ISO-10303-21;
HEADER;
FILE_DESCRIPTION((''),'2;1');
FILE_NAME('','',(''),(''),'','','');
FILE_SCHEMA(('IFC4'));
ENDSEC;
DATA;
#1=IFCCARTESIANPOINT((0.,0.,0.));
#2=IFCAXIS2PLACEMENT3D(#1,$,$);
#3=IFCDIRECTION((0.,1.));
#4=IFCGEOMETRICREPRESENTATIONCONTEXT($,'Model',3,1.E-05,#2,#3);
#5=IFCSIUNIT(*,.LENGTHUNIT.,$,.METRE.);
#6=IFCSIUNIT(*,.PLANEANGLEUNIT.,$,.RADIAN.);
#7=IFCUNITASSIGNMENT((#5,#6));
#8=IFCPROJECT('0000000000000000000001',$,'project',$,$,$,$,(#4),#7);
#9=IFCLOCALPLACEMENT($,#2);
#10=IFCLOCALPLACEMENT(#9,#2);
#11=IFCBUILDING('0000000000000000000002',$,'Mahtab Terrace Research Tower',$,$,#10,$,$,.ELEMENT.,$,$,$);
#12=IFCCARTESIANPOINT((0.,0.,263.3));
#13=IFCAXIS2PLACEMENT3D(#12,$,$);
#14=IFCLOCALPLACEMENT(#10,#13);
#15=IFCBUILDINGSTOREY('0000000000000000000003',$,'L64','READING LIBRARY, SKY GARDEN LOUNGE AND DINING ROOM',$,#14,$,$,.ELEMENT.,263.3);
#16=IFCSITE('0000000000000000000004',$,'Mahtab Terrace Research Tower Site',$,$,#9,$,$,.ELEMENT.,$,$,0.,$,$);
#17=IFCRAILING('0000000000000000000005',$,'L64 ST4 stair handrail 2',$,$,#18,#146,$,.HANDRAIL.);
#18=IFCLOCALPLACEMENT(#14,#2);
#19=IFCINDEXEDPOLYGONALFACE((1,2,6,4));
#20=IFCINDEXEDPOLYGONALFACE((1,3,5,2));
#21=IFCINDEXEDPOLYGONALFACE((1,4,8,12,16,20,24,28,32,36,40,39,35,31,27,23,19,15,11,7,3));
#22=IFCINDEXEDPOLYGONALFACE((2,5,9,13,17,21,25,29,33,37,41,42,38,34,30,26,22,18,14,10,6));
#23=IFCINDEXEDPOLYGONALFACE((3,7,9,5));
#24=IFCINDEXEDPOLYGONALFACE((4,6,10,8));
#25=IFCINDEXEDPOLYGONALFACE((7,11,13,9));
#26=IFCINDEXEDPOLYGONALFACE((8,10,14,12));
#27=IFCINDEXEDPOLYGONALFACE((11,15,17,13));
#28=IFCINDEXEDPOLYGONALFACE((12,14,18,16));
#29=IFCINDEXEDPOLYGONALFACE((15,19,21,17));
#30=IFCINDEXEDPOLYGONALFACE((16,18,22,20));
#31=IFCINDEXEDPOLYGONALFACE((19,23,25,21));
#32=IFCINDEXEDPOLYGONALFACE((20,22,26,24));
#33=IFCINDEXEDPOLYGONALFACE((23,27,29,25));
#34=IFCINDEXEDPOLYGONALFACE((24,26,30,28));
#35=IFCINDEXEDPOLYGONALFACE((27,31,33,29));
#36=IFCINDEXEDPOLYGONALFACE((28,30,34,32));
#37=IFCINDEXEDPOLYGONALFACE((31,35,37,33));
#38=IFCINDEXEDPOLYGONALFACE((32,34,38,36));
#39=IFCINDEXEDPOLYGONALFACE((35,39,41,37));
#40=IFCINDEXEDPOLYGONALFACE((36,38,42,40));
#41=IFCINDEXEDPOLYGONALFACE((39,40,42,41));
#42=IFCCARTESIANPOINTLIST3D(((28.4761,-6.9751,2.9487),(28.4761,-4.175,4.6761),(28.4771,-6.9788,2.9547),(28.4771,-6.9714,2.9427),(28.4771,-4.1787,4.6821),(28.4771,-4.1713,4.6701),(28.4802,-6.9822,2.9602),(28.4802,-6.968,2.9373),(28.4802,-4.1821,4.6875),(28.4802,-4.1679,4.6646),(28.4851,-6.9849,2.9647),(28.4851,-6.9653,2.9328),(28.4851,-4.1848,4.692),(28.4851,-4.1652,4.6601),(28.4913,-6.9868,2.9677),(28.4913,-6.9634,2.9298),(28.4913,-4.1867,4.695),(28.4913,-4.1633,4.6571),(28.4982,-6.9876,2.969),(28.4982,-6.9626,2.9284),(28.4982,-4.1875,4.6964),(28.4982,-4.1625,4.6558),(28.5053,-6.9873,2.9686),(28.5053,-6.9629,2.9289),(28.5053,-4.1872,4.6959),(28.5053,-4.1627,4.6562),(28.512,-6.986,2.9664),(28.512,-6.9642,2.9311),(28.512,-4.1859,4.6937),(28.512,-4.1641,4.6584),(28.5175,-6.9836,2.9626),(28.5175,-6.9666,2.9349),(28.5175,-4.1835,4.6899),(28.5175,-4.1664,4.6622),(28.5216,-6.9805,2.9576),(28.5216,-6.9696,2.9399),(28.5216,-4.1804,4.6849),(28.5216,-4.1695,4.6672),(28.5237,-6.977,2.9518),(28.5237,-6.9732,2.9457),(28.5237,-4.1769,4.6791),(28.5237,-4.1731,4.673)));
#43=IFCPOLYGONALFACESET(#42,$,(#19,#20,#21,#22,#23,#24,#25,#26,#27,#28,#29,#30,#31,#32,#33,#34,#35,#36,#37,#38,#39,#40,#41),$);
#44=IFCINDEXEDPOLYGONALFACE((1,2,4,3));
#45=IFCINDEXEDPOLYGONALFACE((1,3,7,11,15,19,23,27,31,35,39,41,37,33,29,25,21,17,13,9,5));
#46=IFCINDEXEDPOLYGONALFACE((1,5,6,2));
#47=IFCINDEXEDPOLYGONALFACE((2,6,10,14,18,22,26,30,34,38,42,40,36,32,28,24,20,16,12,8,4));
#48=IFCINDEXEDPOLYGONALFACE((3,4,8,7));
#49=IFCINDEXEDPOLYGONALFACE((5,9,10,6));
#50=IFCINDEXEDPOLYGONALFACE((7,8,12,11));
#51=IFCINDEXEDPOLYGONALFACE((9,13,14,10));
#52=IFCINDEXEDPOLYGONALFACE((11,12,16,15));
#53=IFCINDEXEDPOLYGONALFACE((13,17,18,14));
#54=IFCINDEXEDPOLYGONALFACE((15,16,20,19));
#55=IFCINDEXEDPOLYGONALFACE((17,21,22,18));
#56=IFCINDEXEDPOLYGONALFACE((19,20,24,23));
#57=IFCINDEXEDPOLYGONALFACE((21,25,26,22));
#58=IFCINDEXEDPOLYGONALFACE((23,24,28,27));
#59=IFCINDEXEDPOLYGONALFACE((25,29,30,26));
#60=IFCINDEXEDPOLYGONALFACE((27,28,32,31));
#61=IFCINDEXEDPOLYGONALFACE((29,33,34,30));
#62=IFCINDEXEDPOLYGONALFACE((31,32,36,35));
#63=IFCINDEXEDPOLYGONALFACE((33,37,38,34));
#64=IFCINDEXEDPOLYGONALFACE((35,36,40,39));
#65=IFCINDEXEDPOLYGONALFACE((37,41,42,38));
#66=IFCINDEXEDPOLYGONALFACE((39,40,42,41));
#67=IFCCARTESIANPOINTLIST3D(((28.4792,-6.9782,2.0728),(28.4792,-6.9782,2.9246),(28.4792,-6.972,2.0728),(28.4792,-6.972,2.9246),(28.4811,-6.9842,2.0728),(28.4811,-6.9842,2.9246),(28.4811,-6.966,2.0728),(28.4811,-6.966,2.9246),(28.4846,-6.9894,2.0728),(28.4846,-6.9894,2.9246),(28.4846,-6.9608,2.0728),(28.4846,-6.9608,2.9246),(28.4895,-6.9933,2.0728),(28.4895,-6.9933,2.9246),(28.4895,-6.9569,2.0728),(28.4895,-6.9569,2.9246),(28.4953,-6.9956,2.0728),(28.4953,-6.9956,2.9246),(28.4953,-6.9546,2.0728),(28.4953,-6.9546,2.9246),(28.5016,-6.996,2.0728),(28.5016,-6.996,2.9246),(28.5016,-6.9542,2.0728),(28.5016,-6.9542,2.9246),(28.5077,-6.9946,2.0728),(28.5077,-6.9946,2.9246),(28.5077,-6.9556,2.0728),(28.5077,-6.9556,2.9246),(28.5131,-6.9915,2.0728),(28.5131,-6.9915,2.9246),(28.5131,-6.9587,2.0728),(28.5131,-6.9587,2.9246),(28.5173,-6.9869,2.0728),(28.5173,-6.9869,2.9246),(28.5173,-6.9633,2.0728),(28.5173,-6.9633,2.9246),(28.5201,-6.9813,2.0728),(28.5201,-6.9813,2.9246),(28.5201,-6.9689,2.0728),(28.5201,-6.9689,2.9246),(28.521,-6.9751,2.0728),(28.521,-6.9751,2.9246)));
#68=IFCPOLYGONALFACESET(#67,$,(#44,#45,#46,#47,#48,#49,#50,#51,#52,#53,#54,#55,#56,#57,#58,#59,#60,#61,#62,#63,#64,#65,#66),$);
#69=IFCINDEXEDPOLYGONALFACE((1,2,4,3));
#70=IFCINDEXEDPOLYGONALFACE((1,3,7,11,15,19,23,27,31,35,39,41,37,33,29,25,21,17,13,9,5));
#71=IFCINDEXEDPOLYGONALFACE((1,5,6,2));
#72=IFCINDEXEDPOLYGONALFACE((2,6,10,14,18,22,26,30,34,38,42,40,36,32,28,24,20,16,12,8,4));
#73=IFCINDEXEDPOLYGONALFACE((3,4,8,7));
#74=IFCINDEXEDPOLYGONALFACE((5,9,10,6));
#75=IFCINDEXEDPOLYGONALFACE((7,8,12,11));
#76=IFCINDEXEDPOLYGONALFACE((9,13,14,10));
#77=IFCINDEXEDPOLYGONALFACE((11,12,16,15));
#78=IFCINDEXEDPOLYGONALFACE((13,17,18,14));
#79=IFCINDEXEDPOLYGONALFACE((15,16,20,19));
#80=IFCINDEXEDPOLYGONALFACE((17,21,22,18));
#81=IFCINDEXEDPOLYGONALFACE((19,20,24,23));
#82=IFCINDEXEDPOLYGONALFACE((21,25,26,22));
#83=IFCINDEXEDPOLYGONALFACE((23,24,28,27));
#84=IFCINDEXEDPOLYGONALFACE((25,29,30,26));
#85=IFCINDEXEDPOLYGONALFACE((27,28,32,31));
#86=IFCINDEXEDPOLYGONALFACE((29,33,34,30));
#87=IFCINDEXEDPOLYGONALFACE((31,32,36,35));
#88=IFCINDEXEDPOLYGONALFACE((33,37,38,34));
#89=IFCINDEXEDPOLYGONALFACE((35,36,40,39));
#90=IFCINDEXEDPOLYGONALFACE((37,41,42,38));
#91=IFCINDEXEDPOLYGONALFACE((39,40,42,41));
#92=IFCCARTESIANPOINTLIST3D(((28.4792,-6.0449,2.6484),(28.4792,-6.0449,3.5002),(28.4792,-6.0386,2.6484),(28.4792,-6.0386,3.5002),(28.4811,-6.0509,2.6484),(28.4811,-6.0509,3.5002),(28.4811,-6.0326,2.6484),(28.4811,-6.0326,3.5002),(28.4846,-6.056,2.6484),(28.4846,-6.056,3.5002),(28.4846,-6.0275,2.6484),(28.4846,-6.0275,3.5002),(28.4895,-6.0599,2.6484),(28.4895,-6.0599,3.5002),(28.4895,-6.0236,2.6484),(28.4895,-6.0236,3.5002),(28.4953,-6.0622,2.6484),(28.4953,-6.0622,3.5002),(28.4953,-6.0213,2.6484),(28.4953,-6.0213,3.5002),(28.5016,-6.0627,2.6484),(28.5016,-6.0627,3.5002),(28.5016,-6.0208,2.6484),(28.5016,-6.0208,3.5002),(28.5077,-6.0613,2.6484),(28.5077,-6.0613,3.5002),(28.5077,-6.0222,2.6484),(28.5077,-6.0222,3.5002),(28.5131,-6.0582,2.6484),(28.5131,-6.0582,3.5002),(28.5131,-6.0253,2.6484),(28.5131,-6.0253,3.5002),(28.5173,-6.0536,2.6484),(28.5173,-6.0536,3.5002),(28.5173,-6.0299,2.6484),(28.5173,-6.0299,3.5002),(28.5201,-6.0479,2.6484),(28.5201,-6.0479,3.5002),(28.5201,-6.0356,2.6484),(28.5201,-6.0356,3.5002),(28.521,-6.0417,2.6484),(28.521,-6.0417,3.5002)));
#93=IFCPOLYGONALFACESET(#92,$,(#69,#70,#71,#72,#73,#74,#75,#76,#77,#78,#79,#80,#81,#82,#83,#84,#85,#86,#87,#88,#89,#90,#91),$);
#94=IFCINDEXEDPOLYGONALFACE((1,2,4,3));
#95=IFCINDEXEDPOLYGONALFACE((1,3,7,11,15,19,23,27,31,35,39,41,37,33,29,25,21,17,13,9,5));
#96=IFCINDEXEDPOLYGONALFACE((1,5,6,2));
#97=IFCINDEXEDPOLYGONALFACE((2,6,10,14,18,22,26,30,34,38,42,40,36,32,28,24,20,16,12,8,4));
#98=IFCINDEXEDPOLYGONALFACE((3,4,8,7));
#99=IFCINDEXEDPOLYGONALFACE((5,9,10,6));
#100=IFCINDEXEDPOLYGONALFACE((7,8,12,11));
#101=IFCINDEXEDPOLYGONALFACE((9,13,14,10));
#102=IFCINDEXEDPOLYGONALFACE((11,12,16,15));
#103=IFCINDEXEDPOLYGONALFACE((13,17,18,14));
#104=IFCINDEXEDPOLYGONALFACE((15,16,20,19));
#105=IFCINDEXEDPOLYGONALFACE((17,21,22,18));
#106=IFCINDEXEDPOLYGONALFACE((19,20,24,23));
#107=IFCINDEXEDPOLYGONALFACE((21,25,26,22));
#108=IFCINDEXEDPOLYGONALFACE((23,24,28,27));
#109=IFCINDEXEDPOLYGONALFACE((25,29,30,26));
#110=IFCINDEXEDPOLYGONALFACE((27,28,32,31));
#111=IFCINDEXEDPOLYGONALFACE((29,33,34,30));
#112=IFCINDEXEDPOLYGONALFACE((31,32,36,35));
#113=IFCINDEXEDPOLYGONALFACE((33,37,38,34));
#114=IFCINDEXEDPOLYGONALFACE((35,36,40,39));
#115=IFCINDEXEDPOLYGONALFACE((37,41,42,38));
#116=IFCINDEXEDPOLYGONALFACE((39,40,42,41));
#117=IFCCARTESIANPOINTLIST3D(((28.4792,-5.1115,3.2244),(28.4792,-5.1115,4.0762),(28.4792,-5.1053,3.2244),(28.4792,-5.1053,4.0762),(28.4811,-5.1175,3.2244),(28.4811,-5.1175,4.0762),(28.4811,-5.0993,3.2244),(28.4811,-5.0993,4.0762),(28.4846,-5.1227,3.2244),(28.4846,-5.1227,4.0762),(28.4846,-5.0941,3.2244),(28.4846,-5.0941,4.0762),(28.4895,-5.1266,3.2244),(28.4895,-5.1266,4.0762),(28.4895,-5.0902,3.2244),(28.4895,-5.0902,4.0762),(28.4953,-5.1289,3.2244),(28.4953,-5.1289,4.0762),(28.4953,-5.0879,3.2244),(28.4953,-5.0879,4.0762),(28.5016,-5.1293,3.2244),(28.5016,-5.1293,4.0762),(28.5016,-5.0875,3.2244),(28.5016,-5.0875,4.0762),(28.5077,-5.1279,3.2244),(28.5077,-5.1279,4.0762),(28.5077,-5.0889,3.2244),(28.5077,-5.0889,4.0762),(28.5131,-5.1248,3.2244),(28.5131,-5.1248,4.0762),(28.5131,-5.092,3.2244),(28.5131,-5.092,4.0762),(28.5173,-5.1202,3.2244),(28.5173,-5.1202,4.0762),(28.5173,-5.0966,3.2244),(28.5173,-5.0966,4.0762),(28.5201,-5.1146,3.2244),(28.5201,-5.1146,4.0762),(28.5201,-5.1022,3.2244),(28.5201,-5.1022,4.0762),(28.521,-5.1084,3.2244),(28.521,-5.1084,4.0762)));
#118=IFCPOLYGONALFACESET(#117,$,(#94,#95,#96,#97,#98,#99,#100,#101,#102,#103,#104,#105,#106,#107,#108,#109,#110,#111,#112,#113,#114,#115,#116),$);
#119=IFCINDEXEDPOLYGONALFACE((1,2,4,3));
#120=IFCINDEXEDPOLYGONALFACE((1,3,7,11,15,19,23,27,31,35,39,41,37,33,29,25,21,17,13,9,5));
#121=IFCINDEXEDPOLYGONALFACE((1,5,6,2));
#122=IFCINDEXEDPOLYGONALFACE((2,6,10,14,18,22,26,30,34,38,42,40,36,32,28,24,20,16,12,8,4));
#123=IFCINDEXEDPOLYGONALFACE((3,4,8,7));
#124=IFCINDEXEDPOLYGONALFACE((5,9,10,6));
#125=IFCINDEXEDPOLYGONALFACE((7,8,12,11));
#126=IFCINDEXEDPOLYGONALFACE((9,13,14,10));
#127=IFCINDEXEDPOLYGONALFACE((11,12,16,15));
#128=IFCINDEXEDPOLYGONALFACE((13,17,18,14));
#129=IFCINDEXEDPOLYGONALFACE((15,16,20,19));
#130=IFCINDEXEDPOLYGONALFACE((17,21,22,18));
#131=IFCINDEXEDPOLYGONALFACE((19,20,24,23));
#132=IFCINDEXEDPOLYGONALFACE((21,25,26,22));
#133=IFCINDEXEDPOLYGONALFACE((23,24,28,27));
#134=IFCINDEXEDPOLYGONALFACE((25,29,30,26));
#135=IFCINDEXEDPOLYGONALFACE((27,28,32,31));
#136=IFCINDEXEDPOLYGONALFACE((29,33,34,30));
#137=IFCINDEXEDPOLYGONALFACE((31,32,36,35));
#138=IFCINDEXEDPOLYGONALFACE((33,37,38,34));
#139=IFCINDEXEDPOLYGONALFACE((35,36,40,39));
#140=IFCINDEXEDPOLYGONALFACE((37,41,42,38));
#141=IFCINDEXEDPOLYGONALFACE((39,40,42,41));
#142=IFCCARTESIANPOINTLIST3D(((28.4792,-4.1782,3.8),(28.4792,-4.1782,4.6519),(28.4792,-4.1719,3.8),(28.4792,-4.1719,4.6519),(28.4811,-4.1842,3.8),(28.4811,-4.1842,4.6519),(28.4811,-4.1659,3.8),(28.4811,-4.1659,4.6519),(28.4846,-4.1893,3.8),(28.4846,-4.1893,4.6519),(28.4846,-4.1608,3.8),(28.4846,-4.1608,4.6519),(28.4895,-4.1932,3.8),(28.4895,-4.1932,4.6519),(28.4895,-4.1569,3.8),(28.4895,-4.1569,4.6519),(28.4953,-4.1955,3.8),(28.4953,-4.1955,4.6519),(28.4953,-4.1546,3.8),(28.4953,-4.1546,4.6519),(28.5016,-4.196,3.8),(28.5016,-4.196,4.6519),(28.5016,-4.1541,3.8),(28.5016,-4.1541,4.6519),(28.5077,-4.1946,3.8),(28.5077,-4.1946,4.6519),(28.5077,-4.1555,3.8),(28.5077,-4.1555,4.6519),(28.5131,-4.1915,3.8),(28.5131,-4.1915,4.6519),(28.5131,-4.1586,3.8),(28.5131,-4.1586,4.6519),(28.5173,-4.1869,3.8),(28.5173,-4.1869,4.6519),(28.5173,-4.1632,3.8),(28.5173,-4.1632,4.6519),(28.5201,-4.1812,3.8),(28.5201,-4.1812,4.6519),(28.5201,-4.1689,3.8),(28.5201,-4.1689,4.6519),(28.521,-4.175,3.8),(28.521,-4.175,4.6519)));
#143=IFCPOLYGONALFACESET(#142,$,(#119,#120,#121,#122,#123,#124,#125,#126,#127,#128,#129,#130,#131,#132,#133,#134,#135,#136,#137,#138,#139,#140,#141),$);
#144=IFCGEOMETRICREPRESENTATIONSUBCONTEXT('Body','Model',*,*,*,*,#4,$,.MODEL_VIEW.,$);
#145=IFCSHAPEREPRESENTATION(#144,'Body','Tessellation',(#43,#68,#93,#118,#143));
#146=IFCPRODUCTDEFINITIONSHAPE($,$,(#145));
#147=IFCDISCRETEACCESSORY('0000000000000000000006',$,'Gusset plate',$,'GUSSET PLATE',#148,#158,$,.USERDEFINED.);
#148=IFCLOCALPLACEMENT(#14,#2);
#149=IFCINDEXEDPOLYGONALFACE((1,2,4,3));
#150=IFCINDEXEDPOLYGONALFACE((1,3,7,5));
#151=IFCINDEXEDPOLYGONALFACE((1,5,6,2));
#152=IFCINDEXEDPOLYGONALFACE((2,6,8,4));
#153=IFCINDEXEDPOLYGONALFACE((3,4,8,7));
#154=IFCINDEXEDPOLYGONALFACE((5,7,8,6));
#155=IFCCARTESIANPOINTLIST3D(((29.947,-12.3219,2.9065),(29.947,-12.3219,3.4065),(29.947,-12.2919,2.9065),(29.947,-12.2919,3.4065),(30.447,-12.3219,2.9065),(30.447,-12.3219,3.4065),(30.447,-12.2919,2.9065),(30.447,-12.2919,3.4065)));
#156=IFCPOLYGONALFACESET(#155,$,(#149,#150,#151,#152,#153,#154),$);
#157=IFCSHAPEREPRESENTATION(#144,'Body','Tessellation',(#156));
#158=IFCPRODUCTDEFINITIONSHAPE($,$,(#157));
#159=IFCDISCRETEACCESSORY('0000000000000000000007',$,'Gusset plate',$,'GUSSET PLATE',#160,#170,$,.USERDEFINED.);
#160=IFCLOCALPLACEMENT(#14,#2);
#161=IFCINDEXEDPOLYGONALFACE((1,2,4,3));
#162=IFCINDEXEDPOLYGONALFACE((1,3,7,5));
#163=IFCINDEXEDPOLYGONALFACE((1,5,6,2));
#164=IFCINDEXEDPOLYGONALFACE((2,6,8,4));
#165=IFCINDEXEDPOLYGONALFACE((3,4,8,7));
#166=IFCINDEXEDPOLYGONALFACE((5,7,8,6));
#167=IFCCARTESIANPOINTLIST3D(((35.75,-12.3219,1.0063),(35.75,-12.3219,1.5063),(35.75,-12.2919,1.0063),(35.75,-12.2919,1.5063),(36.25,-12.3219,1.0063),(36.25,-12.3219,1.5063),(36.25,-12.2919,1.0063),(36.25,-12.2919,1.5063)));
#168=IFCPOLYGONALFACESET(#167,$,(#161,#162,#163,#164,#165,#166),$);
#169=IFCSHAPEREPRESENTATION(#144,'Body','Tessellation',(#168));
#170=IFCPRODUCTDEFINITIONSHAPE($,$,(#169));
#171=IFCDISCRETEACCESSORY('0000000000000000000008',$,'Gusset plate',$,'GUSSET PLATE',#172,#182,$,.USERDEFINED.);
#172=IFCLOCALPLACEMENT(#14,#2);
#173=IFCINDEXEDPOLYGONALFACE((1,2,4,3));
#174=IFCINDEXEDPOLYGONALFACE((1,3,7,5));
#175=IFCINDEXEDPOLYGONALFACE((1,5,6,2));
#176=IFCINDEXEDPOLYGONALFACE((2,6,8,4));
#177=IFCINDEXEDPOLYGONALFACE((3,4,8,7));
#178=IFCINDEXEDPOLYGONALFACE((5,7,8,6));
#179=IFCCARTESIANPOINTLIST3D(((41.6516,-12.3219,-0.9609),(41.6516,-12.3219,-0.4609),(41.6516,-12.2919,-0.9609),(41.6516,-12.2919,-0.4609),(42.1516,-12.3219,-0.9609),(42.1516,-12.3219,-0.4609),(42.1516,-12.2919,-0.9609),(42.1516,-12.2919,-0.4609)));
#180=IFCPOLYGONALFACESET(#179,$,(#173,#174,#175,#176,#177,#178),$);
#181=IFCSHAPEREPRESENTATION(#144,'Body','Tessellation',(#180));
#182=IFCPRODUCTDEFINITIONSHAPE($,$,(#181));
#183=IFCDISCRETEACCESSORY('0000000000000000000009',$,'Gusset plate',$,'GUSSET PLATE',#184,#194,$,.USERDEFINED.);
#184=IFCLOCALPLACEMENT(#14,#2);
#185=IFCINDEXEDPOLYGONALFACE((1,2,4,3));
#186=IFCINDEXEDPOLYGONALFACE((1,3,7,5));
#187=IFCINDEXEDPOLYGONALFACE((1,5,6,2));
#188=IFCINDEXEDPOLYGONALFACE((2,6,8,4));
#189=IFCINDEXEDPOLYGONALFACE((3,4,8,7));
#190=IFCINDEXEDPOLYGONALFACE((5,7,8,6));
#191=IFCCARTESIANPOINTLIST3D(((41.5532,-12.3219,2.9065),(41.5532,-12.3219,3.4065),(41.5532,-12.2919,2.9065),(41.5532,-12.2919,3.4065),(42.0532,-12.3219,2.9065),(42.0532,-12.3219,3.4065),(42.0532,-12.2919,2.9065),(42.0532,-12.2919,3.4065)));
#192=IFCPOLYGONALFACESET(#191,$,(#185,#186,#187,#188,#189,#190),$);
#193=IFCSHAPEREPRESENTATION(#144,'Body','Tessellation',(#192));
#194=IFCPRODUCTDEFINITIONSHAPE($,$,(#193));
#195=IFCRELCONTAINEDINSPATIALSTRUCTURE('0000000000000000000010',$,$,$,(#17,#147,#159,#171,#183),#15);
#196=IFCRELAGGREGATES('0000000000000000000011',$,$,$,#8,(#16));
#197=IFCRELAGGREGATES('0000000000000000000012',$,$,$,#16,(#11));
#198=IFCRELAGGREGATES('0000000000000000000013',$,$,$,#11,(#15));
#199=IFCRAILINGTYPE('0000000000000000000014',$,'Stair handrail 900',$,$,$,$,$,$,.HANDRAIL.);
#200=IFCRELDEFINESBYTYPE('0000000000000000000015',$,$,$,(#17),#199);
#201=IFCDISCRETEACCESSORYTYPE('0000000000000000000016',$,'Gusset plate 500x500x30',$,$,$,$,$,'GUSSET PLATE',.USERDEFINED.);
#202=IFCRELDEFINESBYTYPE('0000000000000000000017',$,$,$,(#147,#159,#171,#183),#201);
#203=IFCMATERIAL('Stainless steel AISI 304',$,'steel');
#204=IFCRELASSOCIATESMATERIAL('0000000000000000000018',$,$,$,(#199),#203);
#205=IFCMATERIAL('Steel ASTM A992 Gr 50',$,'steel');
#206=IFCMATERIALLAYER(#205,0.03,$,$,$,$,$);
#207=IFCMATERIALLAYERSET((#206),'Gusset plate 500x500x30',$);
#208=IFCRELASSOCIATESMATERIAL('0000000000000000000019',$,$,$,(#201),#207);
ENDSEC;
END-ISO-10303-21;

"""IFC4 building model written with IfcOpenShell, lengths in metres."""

from ifc_helpers import new_model, si_unit, direction, frame, origin, origin_2d, place, context, subcontext, project, spatial, rectangle, circle, extrude, material, layer, layer_set, type_object, element, save


model = new_model("IFC4")

# Units and contexts
model_context = context("Model", 3, precision=1e-05, world=origin(), true_north=direction((0.0, 1.0)))
body_context = subcontext(model_context, "Body", "Model", "MODEL_VIEW")
ifc_project = project(units=[si_unit("LENGTHUNIT", "METRE"), si_unit("PLANEANGLEUNIT", "RADIAN")], contexts=[model_context])

# Site, building, storey
site_placement = place(None, origin())
site = spatial("IfcSite", under=ifc_project, at=site_placement, Name="Mahtab Terrace Research Tower Site", CompositionType="ELEMENT", RefElevation=0.0)
building_placement = place(site_placement, origin())
building = spatial("IfcBuilding", under=site, at=building_placement, Name="Mahtab Terrace Research Tower", CompositionType="ELEMENT")
storey_placement = place(building_placement, frame((0.0, 0.0, 263.3)))
storey = spatial("IfcBuildingStorey", under=building, at=storey_placement, Name="L64", Description="READING LIBRARY, SKY GARDEN LOUNGE AND DINING ROOM", CompositionType="ELEMENT", Elevation=263.3)

# Shared definitions
ifc_material_1 = material(Name="Steel ASTM A992 Gr 50", Category="steel")

# Railing
ifc_material_2 = material(Name="Stainless steel AISI 304", Category="steel")
railing_type_1 = type_object("IfcRailingType", Name="Stair handrail 900", PredefinedType="HANDRAIL", material=ifc_material_2)
railing_1_placement = place(storey_placement, frame((28.5, -6.9751, 2.0728)))
element("IfcRailing", 1, at=railing_1_placement, inside=storey, type_object=railing_type_1, Name="L64 ST4 stair handrail 2", PredefinedType="HANDRAIL", context=body_context, shape_type="SweptSolid", body=[
    extrude(circle(Radius=0.0239, at=origin_2d()), frame((0.0, 0.0, 0.876), z_axis=(0.0, 0.85109, 0.52502), x_axis=(-1.0, 0.0, 0.0)), (0.0, 0.0, 1.0), 3.29),
    extrude(circle(Radius=0.021, at=origin_2d()), origin(), (0.0, 0.0, 1.0), 0.8518),
    extrude(circle(Radius=0.021, at=origin_2d()), frame((0.0, 0.9333, 0.5757)), (0.0, 0.0, 1.0), 0.8518),
    extrude(circle(Radius=0.021, at=origin_2d()), frame((0.0, 1.8667, 1.1516)), (0.0, 0.0, 1.0), 0.8518),
    extrude(circle(Radius=0.021, at=origin_2d()), frame((0.0, 2.8, 1.7273)), (0.0, 0.0, 1.0), 0.8518),
])

# Discrete accessories
ifc_layer_1 = layer(ifc_material_1, 0.03)
ifc_layer_set_1 = layer_set([ifc_layer_1], Name="Gusset plate 500x500x30")
discrete_accessory_type = type_object("IfcDiscreteAccessoryType", Name="Gusset plate 500x500x30", ElementType="GUSSET PLATE", PredefinedType="USERDEFINED", material=ifc_layer_set_1)
for number, where, z_axis, x_axis, name in (
    (2, (30.197, -12.3069, 2.9065), (0.0, 0.0, 1.0), (1.0, 0.0, 0.0), "Gusset plate"),
    (3, (36.0, -12.3069, 1.0063), (0.0, 0.0, 1.0), (1.0, 0.0, 0.0), "Gusset plate"),
    (4, (41.9016, -12.3069, -0.9609), (0.0, 0.0, 1.0), (1.0, 0.0, 0.0), "Gusset plate"),
    (5, (41.8032, -12.3069, 2.9065), (0.0, 0.0, 1.0), (1.0, 0.0, 0.0), "Gusset plate"),
):
    element("IfcDiscreteAccessory", number, at=place(storey_placement, frame(where, z_axis=z_axis, x_axis=x_axis)), inside=storey, type_object=discrete_accessory_type, Name=name, ObjectType="GUSSET PLATE", PredefinedType="USERDEFINED", context=body_context, shape_type="SweptSolid", body=[
        extrude(rectangle(XDim=0.5, YDim=0.03, at=origin_2d()), origin(), (0.0, 0.0, 1.0), 0.5),
    ])

save(model, "model.ifc")
